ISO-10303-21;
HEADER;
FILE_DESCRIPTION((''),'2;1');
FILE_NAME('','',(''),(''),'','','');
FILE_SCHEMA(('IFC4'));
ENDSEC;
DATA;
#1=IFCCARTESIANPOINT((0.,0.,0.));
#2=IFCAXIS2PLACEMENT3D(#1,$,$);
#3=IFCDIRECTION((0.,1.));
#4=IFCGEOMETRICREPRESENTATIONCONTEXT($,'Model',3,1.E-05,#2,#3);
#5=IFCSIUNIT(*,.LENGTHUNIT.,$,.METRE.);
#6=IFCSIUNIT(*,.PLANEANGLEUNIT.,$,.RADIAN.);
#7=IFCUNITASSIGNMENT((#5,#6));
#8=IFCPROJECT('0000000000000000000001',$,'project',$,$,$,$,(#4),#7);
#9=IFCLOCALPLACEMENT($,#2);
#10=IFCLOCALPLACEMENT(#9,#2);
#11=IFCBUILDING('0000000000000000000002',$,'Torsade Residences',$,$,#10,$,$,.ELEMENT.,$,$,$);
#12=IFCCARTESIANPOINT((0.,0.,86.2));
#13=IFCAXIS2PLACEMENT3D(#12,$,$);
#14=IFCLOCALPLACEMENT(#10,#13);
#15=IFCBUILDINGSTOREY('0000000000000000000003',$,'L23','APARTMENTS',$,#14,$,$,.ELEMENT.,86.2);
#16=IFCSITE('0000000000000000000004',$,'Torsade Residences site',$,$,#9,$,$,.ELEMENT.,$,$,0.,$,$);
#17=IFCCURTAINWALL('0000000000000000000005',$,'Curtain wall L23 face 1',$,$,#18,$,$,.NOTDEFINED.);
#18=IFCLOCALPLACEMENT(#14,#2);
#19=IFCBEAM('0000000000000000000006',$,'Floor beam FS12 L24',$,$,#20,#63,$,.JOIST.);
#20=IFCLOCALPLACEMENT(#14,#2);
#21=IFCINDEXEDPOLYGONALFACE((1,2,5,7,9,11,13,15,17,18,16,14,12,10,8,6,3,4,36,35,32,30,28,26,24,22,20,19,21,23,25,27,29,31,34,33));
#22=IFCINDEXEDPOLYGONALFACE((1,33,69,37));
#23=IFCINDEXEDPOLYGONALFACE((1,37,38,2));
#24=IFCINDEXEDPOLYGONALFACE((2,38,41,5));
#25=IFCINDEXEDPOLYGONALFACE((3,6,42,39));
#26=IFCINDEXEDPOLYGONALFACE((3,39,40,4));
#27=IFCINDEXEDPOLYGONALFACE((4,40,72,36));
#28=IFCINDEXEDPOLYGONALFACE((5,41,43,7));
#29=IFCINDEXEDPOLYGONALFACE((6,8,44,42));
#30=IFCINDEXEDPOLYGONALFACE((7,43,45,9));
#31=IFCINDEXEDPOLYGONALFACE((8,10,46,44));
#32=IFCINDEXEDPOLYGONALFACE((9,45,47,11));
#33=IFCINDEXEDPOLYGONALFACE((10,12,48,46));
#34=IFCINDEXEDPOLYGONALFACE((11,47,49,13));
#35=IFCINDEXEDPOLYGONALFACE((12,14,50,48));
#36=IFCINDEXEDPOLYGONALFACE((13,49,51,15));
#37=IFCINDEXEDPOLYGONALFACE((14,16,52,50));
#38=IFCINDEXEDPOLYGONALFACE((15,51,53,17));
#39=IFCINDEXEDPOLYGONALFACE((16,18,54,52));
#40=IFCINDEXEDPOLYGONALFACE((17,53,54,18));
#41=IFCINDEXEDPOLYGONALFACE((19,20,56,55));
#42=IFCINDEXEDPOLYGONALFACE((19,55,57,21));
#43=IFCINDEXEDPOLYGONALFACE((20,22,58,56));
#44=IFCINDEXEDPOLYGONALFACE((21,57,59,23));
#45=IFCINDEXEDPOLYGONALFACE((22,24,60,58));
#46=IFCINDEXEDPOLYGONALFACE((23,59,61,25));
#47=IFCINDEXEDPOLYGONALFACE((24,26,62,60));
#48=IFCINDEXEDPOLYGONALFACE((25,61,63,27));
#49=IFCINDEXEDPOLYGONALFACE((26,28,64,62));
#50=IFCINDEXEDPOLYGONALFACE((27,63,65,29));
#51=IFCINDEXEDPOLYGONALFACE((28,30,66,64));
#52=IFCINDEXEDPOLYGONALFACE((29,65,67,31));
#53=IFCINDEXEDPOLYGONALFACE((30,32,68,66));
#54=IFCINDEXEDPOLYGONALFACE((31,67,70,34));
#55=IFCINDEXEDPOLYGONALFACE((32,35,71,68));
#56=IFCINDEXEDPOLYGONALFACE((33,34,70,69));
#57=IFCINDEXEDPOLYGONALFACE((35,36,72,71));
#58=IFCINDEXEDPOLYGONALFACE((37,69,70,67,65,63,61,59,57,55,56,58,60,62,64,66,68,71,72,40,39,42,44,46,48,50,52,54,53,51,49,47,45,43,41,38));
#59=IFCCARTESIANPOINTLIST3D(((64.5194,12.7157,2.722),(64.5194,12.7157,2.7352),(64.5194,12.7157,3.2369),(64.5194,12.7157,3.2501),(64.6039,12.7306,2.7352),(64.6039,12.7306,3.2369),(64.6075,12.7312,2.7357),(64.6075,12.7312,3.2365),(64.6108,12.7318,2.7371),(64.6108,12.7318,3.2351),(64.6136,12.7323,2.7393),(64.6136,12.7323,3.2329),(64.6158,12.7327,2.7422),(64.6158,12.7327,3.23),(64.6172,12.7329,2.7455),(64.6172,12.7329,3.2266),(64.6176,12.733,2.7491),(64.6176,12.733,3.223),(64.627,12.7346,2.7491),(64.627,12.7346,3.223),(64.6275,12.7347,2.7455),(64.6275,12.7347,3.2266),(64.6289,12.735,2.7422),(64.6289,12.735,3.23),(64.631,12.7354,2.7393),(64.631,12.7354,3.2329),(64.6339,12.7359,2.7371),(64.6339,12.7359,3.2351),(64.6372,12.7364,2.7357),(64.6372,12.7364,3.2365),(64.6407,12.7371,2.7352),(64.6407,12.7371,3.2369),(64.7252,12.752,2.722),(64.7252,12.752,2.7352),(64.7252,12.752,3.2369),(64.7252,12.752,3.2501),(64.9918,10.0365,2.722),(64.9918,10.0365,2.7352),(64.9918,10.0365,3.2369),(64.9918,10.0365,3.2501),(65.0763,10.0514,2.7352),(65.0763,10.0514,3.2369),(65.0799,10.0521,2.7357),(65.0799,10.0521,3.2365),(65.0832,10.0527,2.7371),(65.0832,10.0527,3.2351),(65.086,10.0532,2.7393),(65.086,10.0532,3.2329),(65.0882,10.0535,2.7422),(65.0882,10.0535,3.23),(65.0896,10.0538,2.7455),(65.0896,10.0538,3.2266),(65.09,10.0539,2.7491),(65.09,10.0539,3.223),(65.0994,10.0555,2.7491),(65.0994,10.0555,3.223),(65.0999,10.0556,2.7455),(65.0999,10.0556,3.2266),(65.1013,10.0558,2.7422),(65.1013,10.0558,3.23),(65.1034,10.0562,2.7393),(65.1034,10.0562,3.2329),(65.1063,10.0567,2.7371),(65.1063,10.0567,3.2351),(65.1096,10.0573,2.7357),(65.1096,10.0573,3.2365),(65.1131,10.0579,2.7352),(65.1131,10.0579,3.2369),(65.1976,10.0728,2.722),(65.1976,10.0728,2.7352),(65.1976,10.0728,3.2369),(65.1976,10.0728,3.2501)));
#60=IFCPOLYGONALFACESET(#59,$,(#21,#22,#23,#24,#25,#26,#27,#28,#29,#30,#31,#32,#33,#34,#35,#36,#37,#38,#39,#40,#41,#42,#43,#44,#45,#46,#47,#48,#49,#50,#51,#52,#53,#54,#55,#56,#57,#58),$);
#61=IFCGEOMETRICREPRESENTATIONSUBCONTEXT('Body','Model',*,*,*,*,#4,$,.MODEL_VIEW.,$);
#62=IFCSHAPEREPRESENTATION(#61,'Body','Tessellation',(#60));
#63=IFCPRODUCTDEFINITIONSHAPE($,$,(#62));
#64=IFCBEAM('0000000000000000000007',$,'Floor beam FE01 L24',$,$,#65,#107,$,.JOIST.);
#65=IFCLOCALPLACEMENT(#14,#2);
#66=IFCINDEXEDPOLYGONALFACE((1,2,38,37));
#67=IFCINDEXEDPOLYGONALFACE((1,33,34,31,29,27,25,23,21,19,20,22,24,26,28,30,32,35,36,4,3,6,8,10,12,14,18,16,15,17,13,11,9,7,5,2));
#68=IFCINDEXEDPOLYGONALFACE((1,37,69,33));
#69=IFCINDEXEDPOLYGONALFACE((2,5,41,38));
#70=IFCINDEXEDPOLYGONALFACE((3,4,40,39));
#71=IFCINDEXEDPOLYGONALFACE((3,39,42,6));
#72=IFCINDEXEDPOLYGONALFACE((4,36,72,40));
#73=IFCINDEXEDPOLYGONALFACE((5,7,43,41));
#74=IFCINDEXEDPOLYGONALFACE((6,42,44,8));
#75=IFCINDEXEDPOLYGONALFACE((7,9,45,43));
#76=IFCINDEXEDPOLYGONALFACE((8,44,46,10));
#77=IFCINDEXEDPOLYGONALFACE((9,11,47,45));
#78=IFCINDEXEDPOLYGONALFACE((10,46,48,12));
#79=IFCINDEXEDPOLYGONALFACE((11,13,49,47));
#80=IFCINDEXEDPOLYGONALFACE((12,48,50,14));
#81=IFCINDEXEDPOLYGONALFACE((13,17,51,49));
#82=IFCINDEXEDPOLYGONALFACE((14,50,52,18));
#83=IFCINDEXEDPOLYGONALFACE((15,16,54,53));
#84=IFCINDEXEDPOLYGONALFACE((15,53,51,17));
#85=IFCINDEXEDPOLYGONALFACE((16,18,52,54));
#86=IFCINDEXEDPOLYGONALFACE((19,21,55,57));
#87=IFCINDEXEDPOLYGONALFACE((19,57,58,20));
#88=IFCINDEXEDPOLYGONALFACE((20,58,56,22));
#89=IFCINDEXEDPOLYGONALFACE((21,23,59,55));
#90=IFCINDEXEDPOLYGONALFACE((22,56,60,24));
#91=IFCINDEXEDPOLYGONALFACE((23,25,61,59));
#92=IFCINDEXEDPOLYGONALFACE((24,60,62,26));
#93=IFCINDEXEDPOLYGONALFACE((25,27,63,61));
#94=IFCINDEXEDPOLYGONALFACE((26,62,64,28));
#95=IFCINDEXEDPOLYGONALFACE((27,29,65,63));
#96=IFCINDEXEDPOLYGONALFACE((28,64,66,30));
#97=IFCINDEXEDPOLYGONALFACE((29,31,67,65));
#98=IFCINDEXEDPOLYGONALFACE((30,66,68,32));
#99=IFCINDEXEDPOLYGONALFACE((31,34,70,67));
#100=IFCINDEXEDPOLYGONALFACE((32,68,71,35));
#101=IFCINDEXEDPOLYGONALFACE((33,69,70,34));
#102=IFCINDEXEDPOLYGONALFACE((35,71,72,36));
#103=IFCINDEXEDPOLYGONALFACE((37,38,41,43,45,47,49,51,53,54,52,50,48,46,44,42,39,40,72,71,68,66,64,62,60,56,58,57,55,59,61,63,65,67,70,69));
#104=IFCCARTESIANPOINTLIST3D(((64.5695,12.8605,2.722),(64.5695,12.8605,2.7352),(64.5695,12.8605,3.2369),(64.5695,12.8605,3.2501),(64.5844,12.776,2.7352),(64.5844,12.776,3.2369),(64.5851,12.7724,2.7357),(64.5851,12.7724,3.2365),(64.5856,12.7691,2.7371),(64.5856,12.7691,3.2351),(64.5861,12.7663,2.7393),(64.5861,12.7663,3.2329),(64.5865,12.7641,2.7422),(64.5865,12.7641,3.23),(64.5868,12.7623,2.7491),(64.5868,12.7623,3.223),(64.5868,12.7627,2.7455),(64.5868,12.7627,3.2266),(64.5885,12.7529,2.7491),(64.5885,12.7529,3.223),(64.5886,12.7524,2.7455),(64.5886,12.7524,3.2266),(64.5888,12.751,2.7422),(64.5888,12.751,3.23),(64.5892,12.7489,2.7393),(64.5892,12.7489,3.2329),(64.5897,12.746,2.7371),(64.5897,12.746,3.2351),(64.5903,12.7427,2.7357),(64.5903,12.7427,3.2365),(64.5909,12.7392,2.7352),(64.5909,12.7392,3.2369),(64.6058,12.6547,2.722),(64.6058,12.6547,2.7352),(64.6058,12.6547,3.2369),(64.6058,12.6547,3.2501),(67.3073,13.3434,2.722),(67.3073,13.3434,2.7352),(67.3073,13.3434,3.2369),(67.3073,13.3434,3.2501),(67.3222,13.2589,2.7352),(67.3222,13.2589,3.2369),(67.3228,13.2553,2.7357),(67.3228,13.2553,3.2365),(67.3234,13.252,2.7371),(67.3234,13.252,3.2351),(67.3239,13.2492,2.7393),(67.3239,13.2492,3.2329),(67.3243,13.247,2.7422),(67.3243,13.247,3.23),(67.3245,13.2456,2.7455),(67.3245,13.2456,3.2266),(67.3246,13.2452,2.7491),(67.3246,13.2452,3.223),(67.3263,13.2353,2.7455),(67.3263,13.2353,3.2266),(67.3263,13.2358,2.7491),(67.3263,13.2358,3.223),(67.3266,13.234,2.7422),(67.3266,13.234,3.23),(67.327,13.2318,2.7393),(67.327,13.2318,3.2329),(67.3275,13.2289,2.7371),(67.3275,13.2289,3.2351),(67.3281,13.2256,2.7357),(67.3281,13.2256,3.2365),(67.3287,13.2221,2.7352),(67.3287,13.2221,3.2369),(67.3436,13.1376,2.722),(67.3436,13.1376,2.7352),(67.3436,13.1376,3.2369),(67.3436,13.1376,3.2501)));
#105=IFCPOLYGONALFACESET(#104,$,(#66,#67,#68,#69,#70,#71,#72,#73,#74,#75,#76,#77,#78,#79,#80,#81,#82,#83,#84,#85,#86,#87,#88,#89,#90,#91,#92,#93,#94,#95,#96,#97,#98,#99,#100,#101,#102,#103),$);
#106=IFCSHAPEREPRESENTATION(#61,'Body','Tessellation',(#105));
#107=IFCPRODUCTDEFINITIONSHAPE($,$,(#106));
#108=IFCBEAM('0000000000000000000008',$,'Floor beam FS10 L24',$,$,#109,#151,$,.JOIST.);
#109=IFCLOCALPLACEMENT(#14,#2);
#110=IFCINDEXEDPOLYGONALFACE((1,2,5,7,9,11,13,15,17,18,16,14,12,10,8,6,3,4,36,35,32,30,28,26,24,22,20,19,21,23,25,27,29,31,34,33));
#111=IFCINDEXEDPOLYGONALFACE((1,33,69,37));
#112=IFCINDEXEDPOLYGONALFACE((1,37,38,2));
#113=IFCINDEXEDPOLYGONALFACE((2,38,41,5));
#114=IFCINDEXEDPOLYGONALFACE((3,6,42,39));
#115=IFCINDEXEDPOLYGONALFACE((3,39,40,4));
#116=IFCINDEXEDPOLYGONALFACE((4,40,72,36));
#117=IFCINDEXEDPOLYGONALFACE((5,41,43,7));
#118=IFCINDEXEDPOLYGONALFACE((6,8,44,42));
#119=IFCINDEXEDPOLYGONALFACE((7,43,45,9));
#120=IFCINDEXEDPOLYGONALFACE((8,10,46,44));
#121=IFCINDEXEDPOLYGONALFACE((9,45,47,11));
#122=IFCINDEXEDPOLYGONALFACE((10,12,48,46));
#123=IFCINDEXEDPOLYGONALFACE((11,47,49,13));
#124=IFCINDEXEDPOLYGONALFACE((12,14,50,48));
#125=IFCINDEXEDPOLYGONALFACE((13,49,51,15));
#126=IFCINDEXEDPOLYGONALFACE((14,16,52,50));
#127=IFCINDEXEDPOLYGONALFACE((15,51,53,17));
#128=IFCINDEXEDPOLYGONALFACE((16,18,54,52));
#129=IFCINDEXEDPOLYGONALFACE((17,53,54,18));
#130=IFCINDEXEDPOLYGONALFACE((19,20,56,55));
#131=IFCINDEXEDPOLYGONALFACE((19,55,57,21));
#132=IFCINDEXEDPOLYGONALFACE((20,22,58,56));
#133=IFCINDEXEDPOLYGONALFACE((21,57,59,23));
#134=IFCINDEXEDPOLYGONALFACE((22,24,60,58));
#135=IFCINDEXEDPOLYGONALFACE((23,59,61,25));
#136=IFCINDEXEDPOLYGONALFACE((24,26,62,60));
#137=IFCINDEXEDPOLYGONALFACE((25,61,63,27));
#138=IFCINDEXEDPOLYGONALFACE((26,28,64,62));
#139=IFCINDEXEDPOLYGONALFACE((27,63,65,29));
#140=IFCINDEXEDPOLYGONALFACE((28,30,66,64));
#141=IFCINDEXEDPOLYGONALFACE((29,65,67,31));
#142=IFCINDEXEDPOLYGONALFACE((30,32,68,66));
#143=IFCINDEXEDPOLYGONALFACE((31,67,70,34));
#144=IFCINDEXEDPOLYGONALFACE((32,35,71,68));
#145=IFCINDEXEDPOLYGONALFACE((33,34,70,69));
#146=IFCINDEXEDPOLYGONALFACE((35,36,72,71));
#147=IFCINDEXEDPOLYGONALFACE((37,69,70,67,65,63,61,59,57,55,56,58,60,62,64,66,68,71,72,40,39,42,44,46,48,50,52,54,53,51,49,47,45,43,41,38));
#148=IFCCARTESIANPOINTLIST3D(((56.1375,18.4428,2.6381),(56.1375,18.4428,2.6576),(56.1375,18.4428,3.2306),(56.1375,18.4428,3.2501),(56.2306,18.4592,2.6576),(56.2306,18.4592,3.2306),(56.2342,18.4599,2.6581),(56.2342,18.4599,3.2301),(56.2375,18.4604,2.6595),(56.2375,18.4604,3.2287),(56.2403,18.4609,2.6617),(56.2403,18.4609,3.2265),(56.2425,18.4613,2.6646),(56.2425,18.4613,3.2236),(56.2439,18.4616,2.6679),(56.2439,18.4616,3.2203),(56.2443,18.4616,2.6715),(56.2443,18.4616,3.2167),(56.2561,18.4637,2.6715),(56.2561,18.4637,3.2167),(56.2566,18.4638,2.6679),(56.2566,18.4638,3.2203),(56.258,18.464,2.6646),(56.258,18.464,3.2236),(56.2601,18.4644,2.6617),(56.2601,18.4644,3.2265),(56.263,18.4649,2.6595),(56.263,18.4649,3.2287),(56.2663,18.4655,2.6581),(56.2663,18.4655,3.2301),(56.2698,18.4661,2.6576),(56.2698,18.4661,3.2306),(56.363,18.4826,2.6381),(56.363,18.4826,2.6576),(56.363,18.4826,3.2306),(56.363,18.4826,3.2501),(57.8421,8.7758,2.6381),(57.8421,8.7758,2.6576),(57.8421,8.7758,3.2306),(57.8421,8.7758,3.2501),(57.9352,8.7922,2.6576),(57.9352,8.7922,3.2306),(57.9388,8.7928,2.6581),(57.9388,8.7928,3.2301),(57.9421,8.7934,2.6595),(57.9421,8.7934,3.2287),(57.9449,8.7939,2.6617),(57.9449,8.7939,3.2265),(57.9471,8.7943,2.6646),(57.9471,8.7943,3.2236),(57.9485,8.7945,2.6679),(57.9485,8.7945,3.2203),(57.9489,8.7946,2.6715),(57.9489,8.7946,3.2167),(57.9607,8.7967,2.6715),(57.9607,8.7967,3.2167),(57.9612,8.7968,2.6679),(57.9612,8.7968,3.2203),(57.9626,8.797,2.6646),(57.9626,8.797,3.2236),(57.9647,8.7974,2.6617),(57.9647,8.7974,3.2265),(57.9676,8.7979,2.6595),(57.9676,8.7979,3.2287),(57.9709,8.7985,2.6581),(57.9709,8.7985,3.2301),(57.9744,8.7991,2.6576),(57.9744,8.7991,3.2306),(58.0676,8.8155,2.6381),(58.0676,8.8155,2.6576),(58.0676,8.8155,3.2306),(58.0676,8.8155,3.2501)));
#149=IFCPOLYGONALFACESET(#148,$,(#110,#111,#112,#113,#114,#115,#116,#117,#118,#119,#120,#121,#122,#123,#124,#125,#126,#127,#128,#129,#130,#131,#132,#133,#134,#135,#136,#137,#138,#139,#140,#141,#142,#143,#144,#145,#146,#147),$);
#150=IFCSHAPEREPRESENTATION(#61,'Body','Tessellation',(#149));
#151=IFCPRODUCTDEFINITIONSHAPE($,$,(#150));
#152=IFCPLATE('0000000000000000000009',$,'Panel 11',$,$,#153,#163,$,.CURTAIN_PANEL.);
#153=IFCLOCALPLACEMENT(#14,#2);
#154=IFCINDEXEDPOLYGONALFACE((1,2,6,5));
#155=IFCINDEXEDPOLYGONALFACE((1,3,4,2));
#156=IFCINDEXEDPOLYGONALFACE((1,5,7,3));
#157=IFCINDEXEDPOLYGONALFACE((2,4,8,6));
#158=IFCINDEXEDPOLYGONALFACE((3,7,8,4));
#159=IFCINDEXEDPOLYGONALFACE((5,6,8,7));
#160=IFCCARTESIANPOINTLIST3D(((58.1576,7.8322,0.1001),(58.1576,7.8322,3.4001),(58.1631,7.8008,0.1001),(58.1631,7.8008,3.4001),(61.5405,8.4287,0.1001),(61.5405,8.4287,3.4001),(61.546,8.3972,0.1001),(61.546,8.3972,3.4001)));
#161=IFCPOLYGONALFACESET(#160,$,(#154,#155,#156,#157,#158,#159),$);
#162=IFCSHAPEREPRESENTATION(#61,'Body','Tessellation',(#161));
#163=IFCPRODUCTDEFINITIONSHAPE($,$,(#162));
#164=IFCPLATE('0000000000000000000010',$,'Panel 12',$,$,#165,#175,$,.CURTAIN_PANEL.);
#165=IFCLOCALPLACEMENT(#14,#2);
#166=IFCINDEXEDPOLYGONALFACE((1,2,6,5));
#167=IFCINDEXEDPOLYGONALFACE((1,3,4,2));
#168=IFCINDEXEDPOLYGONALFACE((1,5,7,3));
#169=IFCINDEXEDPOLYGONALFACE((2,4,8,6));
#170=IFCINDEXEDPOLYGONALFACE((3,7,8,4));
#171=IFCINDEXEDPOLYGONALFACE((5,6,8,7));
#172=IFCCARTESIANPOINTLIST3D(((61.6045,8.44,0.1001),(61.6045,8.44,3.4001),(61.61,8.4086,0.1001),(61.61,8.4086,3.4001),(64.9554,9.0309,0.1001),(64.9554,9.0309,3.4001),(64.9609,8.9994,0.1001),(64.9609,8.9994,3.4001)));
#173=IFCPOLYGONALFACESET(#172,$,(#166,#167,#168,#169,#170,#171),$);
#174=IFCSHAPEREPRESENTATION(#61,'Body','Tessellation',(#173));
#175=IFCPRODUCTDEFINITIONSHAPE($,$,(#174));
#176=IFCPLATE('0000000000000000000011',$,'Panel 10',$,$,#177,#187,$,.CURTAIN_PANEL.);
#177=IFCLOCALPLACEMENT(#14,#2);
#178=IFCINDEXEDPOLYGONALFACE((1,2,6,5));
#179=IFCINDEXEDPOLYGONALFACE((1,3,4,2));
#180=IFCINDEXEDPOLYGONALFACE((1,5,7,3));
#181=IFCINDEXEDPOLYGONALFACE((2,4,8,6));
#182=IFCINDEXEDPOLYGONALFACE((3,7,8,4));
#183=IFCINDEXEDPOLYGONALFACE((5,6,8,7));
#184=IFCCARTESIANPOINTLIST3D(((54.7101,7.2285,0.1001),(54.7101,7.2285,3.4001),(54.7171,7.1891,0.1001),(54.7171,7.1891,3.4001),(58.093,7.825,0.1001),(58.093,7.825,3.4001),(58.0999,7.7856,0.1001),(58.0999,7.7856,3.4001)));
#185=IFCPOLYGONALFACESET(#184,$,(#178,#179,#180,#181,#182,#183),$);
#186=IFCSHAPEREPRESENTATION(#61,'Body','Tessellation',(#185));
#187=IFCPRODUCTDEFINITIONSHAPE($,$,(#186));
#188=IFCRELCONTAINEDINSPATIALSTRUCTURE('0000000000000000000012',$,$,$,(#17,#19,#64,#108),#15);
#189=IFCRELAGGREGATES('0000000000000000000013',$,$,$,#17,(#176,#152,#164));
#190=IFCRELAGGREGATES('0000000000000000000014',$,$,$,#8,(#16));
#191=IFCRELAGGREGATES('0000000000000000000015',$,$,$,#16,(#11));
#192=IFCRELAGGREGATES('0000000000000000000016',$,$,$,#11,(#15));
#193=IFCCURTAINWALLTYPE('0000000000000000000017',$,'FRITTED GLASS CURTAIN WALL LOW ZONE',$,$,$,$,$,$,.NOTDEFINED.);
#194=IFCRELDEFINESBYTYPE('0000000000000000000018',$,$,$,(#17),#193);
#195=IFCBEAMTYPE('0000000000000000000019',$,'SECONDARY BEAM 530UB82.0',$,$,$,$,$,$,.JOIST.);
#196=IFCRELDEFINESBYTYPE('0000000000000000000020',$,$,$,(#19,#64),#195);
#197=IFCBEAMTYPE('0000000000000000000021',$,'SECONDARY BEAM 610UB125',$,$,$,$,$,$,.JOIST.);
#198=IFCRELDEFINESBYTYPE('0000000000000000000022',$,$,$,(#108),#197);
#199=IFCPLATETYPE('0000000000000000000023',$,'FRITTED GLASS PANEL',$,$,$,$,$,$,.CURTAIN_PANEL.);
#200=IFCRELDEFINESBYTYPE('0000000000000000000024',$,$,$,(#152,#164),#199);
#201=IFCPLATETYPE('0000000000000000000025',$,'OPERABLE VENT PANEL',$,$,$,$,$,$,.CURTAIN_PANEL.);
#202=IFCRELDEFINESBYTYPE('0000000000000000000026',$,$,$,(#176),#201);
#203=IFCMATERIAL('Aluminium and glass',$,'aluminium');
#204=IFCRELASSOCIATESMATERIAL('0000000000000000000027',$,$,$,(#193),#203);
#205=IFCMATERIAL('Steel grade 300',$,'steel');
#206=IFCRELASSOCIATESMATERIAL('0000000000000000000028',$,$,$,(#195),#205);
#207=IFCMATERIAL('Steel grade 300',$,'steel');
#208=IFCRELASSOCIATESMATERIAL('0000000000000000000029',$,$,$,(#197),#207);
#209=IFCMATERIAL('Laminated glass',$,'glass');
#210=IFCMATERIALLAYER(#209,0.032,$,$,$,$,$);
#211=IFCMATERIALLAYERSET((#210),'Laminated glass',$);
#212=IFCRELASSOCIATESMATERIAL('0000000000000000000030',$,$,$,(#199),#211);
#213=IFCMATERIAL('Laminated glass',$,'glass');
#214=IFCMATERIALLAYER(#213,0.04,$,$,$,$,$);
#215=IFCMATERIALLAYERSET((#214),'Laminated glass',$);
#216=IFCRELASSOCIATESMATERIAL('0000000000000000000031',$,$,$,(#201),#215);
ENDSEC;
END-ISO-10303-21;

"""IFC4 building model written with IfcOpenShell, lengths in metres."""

from ifc_helpers import new_model, si_unit, direction, frame, origin, origin_2d, place, context, subcontext, project, spatial, rectangle, i_section, extrude, material, layer, layer_set, material_profile, profile_set, type_object, element, aggregate, save


model = new_model("IFC4")

# Units and contexts
model_context = context("Model", 3, precision=1e-05, world=origin(), true_north=direction((0.0, 1.0)))
body_context = subcontext(model_context, "Body", "Model", "MODEL_VIEW")
ifc_project = project(units=[si_unit("LENGTHUNIT", "METRE"), si_unit("PLANEANGLEUNIT", "RADIAN")], contexts=[model_context])

# Site, building, storey
site_placement = place(None, origin())
site = spatial("IfcSite", under=ifc_project, at=site_placement, Name="Torsade Residences site", CompositionType="ELEMENT", RefElevation=0.0)
building_placement = place(site_placement, origin())
building = spatial("IfcBuilding", under=site, at=building_placement, Name="Torsade Residences", CompositionType="ELEMENT")
storey_placement = place(building_placement, frame((0.0, 0.0, 86.2)))
storey = spatial("IfcBuildingStorey", under=building, at=storey_placement, Name="L23", Description="APARTMENTS", CompositionType="ELEMENT", Elevation=86.2)

# Curtain wall
ifc_material_1 = material(Name="Aluminium and glass", Category="aluminium")
curtain_wall_type = type_object("IfcCurtainWallType", Name="FRITTED GLASS CURTAIN WALL LOW ZONE", PredefinedType="NOTDEFINED", material=ifc_material_1)
curtain_wall_placement = place(storey_placement, origin())
curtain_wall = element("IfcCurtainWall", 1, at=curtain_wall_placement, inside=storey, type_object=curtain_wall_type, Name="Curtain wall L23 face 1", PredefinedType="NOTDEFINED")

# Beams
ifc_material_2 = material(Name="Steel grade 300", Category="steel")
ifc_material_profile_1 = material_profile(ifc_material_2, i_section(OverallWidth=0.209, OverallDepth=0.5281, WebThickness=0.0095, FlangeThickness=0.0132, FilletRadius=0.0139, at=origin_2d()), Name="530UB82.0")
ifc_profile_set_1 = profile_set([ifc_material_profile_1], Name="Steel grade 300")
beam_type_1 = type_object("IfcBeamType", Name="SECONDARY BEAM 530UB82.0", PredefinedType="JOIST", material=ifc_profile_set_1)
beam_1_placement = place(storey_placement, frame((65.0947, 10.0547, 2.9861), z_axis=(-0.173647, 0.984808, 0.0), x_axis=(-0.984808, -0.173647, 0.0)))
element("IfcBeam", 2, at=beam_1_placement, inside=storey, type_object=beam_type_1, Name="Floor beam FS12 L24", PredefinedType="JOIST", context=body_context, shape_type="SweptSolid", body=[
    extrude(i_section(OverallWidth=0.209, OverallDepth=0.5281, WebThickness=0.0095, FlangeThickness=0.0132, FilletRadius=0.0139, at=origin_2d()), origin(), (0.0, 0.0, 1.0), 2.7205),
])
beam_2_placement = place(storey_placement, frame((67.3254, 13.2405, 2.9861), z_axis=(-0.984798, -0.173705, 0.0), x_axis=(0.173705, -0.984798, 0.0)))
element("IfcBeam", 3, at=beam_2_placement, inside=storey, type_object=beam_type_1, Name="Floor beam FE01 L24", PredefinedType="JOIST", context=body_context, shape_type="SweptSolid", body=[
    extrude(i_section(OverallWidth=0.209, OverallDepth=0.5281, WebThickness=0.0095, FlangeThickness=0.0132, FilletRadius=0.0139, at=origin_2d()), origin(), (0.0, 0.0, 1.0), 2.78),
])
ifc_material_3 = material(Name="Steel grade 300", Category="steel")
ifc_material_profile_2 = material_profile(ifc_material_3, i_section(OverallWidth=0.229, OverallDepth=0.6121, WebThickness=0.012, FlangeThickness=0.0195, FilletRadius=0.0139, at=origin_2d()), Name="610UB125")
ifc_profile_set_2 = profile_set([ifc_material_profile_2], Name="Steel grade 300")
beam_type_2 = type_object("IfcBeamType", Name="SECONDARY BEAM 610UB125", PredefinedType="JOIST", material=ifc_profile_set_2)
beam_3_placement = place(storey_placement, frame((57.9548, 8.7957, 2.9441), z_axis=(-0.173652, 0.984807, 0.0), x_axis=(-0.984807, -0.173652, 0.0)))
element("IfcBeam", 4, at=beam_3_placement, inside=storey, type_object=beam_type_2, Name="Floor beam FS10 L24", PredefinedType="JOIST", context=body_context, shape_type="SweptSolid", body=[
    extrude(i_section(OverallWidth=0.229, OverallDepth=0.6121, WebThickness=0.012, FlangeThickness=0.0195, FilletRadius=0.0139, at=origin_2d()), origin(), (0.0, 0.0, 1.0), 9.8162),
])

# Plates
ifc_material_4 = material(Name="Laminated glass", Category="glass")
ifc_layer_1 = layer(ifc_material_4, 0.032)
ifc_layer_set_1 = layer_set([ifc_layer_1], Name="Laminated glass")
plate_type_1 = type_object("IfcPlateType", Name="FRITTED GLASS PANEL", PredefinedType="CURTAIN_PANEL", material=ifc_layer_set_1)
plate_1_placement = place(storey_placement, frame((59.8518, 8.1147, 0.1001), z_axis=(0.0, 0.0, 1.0), x_axis=(0.984808, 0.173648, 0.0)))
plate_1 = element("IfcPlate", 5, at=plate_1_placement, type_object=plate_type_1, Name="Panel 11", PredefinedType="CURTAIN_PANEL", context=body_context, shape_type="SweptSolid", body=[
    extrude(rectangle(XDim=3.4351, YDim=0.032, at=origin_2d()), origin(), (0.0, 0.0, 1.0), 3.3),
])
plate_2_placement = place(storey_placement, frame((63.2827, 8.7197, 0.1001), z_axis=(0.0, 0.0, 1.0), x_axis=(0.984808, 0.173648, 0.0)))
plate_2 = element("IfcPlate", 6, at=plate_2_placement, type_object=plate_type_1, Name="Panel 12", PredefinedType="CURTAIN_PANEL", context=body_context, shape_type="SweptSolid", body=[
    extrude(rectangle(XDim=3.4026, YDim=0.032, at=origin_2d()), origin(), (0.0, 0.0, 1.0), 3.3),
])
ifc_material_5 = material(Name="Laminated glass", Category="glass")
ifc_layer_2 = layer(ifc_material_5, 0.04)
ifc_layer_set_2 = layer_set([ifc_layer_2], Name="Laminated glass")
plate_type_2 = type_object("IfcPlateType", Name="OPERABLE VENT PANEL", PredefinedType="CURTAIN_PANEL", material=ifc_layer_set_2)
plate_3_placement = place(storey_placement, frame((56.405, 7.5071, 0.1001), z_axis=(0.0, 0.0, 1.0), x_axis=(0.984808, 0.173648, 0.0)))
plate_3 = element("IfcPlate", 7, at=plate_3_placement, type_object=plate_type_2, Name="Panel 10", PredefinedType="CURTAIN_PANEL", context=body_context, shape_type="SweptSolid", body=[
    extrude(rectangle(XDim=3.4351, YDim=0.04, at=origin_2d()), origin(), (0.0, 0.0, 1.0), 3.3),
])
aggregate(curtain_wall, [plate_3, plate_1, plate_2])

save(model, "model.ifc")
